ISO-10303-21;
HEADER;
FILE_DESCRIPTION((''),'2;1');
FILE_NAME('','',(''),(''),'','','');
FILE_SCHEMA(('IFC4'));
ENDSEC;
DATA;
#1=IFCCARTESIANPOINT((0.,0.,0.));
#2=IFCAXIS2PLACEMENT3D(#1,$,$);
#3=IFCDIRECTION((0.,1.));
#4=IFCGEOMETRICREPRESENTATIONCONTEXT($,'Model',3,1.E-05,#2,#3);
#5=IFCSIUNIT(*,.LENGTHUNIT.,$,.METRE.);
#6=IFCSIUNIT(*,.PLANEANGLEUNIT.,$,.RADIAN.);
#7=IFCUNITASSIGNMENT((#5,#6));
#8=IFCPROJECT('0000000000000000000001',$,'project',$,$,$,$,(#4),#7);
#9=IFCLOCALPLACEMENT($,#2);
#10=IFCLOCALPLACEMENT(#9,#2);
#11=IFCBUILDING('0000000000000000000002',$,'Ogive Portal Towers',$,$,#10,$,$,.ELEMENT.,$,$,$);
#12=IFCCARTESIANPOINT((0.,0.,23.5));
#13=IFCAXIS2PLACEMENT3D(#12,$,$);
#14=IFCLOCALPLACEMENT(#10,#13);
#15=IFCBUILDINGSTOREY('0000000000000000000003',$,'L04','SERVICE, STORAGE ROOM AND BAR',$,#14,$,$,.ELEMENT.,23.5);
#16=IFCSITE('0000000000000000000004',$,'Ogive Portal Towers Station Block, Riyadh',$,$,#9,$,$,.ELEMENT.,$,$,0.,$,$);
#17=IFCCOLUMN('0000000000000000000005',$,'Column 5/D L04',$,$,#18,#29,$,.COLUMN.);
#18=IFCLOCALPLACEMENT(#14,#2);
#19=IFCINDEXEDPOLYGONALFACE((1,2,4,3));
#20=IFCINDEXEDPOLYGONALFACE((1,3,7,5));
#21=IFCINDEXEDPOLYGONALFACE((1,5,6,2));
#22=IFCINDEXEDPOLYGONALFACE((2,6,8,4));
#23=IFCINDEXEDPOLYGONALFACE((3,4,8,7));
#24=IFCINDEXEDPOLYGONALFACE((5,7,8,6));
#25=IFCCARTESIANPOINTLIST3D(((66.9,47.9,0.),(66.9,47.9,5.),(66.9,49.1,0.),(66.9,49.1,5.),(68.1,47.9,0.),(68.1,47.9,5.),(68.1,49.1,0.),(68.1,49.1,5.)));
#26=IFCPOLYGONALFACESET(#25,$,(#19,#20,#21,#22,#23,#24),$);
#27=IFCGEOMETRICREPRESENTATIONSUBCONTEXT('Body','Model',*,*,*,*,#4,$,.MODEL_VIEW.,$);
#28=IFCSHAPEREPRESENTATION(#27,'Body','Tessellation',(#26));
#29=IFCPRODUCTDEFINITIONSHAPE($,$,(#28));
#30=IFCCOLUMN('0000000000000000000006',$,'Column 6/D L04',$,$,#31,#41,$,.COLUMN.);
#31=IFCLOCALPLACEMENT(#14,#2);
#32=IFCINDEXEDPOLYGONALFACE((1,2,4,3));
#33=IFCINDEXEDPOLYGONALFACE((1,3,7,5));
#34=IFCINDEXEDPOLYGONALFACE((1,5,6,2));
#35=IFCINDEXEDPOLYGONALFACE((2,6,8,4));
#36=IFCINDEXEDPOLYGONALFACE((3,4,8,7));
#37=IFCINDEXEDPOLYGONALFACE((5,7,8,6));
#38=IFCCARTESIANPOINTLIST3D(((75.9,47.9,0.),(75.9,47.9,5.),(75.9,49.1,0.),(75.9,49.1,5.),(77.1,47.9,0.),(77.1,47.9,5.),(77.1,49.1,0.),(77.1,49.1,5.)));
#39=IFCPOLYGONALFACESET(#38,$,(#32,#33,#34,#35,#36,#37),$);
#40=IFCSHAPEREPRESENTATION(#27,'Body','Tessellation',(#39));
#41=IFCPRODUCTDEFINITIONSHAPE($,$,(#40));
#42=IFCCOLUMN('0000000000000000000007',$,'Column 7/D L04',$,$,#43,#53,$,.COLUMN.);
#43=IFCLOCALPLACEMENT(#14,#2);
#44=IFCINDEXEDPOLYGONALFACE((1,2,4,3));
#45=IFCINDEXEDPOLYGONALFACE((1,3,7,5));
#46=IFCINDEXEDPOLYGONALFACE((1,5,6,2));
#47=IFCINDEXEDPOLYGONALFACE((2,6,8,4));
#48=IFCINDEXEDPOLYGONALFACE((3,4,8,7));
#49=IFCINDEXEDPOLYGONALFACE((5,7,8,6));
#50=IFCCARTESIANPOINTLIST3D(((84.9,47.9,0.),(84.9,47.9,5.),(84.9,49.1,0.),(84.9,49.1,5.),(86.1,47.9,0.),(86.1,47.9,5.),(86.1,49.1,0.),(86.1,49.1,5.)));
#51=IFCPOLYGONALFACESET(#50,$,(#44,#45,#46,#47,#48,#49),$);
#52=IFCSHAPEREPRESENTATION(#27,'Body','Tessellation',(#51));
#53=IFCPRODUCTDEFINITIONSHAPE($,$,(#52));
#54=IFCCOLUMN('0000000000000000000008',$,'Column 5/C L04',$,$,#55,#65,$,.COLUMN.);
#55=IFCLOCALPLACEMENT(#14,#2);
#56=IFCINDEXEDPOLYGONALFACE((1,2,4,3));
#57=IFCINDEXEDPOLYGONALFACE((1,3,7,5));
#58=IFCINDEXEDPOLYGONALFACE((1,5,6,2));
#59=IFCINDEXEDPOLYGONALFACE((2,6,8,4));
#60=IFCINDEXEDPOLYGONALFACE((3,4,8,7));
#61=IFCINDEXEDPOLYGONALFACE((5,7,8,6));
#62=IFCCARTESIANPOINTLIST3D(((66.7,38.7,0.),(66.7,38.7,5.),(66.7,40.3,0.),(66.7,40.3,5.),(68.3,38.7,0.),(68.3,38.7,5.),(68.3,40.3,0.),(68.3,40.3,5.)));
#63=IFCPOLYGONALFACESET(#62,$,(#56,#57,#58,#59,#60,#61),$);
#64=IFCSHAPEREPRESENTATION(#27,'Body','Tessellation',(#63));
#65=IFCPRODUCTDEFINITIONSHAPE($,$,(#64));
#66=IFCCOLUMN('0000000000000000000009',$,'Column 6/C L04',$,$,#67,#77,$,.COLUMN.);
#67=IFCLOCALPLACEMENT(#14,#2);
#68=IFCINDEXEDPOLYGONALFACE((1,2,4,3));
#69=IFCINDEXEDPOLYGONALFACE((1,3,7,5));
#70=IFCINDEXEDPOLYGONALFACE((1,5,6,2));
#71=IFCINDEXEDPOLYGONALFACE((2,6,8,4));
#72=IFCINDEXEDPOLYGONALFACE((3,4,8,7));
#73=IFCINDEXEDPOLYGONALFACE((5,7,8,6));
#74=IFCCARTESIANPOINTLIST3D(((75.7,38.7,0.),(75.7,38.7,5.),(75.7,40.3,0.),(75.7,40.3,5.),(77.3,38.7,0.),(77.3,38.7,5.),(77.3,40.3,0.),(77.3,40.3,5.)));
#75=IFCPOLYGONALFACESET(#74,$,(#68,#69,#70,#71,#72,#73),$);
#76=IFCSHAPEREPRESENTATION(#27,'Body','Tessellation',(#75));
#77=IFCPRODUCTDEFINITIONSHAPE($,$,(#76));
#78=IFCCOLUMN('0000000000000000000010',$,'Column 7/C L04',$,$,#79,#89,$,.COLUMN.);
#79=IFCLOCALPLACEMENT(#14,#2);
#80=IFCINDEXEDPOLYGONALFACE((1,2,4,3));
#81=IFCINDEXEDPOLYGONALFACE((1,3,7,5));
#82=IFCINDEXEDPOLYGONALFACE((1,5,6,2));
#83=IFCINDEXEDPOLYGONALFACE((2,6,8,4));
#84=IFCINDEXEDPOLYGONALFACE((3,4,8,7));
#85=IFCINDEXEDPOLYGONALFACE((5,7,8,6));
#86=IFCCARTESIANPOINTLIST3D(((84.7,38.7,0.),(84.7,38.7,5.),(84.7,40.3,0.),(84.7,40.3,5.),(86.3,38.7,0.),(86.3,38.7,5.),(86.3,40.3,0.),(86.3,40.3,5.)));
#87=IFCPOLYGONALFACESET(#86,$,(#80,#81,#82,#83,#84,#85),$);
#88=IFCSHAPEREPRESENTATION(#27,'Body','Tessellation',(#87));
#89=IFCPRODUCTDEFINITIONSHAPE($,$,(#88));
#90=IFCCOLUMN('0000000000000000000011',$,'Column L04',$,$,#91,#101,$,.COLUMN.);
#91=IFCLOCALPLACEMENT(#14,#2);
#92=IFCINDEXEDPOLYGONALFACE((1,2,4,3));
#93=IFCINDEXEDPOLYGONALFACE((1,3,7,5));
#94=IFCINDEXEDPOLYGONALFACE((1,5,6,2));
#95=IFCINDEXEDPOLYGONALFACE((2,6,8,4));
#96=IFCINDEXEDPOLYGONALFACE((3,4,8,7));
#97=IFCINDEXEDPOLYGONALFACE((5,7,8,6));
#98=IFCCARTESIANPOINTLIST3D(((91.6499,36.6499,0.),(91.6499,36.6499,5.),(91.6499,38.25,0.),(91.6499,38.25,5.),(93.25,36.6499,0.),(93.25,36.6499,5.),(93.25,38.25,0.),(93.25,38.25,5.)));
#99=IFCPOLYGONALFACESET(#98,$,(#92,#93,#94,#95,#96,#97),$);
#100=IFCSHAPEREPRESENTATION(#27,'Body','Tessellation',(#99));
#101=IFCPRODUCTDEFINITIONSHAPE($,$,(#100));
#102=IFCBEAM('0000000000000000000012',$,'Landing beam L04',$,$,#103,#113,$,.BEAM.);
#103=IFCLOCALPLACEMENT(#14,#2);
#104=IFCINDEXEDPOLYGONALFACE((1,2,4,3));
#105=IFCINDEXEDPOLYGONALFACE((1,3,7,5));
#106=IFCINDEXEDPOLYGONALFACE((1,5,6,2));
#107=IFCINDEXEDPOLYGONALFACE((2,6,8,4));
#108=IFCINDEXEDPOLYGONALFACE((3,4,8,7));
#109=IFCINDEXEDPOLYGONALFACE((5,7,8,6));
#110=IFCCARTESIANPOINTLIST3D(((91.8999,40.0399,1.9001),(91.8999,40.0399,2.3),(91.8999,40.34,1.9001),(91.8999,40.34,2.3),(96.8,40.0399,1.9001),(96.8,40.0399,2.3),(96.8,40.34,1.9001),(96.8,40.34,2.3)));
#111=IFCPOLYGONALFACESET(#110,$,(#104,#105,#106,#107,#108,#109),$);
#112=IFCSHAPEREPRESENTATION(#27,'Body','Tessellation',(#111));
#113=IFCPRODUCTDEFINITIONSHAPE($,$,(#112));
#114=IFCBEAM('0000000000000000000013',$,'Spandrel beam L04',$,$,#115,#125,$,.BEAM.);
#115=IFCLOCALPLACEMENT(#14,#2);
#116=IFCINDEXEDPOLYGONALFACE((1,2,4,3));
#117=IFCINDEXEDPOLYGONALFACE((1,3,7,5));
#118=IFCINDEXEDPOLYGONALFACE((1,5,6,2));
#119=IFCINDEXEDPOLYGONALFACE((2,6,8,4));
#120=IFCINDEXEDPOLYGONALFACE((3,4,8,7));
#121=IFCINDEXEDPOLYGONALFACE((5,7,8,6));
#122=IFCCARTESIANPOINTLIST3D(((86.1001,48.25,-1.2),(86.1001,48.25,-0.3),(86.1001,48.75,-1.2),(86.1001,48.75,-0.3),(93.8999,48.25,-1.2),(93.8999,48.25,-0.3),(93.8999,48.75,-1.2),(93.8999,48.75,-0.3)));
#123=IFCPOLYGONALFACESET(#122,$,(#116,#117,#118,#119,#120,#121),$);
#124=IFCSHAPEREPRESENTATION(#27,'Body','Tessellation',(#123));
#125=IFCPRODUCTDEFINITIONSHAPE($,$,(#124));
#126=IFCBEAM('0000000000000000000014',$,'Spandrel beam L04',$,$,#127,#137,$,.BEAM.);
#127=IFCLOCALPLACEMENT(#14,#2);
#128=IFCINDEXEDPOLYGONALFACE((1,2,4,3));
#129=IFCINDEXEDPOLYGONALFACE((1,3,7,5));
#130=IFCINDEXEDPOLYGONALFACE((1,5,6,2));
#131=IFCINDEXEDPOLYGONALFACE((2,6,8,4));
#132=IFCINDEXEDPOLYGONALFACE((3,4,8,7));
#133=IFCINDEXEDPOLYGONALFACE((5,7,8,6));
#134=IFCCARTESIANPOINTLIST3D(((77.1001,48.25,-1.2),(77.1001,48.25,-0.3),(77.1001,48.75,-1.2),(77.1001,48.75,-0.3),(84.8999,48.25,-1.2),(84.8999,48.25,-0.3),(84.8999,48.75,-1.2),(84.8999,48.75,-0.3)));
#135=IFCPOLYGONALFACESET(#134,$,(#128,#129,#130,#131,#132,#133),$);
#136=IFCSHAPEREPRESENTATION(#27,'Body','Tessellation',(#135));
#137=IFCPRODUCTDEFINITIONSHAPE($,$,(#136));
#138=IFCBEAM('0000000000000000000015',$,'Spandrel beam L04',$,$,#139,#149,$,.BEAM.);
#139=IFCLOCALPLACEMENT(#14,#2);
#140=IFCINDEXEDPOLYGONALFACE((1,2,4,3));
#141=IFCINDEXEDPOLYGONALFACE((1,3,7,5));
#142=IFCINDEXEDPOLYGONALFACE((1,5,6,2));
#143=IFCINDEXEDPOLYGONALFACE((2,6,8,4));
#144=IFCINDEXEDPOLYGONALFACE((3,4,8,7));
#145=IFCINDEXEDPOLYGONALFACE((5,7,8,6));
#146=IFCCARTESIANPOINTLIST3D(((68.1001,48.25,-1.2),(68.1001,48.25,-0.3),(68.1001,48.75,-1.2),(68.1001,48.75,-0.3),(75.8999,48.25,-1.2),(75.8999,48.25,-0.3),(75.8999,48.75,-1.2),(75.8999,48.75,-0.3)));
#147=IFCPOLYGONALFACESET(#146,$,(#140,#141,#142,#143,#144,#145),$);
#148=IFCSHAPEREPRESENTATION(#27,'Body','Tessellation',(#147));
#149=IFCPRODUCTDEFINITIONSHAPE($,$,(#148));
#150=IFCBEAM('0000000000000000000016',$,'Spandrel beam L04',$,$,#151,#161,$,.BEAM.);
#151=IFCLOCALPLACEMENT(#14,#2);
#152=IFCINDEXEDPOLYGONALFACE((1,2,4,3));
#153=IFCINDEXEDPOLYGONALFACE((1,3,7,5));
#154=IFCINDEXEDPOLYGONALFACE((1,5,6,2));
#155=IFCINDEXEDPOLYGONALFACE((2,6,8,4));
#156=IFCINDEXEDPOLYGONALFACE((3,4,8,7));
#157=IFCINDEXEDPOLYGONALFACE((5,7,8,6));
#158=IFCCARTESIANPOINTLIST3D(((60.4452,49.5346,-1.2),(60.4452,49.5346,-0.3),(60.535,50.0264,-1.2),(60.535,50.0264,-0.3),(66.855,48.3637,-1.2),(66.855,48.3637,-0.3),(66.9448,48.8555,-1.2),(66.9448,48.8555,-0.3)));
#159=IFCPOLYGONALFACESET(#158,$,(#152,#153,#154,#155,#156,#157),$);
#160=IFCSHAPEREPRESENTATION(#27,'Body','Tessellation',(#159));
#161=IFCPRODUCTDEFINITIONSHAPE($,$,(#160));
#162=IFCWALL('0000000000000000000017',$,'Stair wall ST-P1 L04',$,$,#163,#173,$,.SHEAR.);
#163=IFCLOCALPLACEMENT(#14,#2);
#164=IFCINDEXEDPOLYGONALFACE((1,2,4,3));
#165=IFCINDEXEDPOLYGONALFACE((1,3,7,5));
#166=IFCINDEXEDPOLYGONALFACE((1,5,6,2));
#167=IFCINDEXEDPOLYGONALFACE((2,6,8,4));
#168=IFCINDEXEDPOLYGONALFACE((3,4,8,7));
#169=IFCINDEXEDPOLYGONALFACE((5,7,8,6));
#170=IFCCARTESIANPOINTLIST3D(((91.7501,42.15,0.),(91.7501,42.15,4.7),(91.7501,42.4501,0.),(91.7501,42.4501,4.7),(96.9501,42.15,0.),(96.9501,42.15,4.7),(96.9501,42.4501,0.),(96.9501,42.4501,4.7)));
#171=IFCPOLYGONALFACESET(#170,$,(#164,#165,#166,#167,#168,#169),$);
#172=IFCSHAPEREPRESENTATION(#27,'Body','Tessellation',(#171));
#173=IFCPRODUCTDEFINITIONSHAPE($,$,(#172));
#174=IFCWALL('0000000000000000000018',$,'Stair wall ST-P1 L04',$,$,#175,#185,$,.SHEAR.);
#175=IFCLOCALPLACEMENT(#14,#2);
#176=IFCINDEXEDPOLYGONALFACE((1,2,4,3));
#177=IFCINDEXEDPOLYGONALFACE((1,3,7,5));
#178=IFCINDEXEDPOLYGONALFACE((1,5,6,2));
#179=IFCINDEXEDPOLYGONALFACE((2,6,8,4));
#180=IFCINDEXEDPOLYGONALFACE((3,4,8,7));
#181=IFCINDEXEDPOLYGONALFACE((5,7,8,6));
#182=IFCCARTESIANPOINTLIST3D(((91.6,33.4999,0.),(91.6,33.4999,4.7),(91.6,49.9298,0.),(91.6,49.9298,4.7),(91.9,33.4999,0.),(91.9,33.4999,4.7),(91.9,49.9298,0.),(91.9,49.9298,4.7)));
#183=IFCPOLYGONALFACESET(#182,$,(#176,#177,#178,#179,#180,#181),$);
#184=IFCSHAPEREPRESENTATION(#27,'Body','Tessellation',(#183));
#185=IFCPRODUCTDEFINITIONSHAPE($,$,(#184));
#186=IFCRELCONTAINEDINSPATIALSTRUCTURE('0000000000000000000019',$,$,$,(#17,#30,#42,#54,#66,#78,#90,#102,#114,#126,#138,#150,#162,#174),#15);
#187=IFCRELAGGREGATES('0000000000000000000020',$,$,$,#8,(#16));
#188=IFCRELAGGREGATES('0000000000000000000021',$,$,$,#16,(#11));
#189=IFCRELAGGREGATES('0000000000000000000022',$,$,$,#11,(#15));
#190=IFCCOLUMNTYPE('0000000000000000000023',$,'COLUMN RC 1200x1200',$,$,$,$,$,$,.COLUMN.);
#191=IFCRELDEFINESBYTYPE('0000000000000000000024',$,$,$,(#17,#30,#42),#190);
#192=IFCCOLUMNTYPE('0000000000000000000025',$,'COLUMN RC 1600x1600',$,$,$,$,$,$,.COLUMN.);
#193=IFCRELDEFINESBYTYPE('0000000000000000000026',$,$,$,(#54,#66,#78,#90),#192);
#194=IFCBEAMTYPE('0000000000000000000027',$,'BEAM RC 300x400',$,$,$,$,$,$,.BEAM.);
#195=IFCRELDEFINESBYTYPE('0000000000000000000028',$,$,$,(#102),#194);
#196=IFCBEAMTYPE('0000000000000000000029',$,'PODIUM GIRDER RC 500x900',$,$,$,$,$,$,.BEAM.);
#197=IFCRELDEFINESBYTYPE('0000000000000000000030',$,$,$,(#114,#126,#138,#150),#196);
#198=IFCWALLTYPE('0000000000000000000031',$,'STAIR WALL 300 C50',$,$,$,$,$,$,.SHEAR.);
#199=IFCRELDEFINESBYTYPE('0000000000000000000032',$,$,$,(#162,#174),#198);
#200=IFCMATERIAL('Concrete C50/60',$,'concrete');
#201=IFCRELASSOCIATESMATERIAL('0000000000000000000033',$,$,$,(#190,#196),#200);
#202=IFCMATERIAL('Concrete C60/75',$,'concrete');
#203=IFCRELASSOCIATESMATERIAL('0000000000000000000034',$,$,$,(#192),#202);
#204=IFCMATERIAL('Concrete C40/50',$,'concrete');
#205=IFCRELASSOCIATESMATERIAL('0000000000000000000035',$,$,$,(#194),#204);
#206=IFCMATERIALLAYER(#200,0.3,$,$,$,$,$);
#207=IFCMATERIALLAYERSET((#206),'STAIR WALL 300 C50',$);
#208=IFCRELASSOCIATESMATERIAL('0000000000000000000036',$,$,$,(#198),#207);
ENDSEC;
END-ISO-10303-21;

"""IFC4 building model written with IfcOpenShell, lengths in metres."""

from ifc_helpers import new_model, si_unit, direction, frame, frame_2d, origin, origin_2d, place, context, subcontext, project, spatial, rectangle, extrude, material, layer, layer_set, material_profile, profile_set, type_object, element, save


model = new_model("IFC4")

# Units and contexts
model_context = context("Model", 3, precision=1e-05, world=origin(), true_north=direction((0.0, 1.0)))
body_context = subcontext(model_context, "Body", "Model", "MODEL_VIEW")
ifc_project = project(units=[si_unit("LENGTHUNIT", "METRE"), si_unit("PLANEANGLEUNIT", "RADIAN")], contexts=[model_context])

# Site, building, storey
site_placement = place(None, origin())
site = spatial("IfcSite", under=ifc_project, at=site_placement, Name="Ogive Portal Towers Station Block, Riyadh", CompositionType="ELEMENT", RefElevation=0.0)
building_placement = place(site_placement, origin())
building = spatial("IfcBuilding", under=site, at=building_placement, Name="Ogive Portal Towers", CompositionType="ELEMENT")
storey_placement = place(building_placement, frame((0.0, 0.0, 23.5)))
storey = spatial("IfcBuildingStorey", under=building, at=storey_placement, Name="L04", Description="SERVICE, STORAGE ROOM AND BAR", CompositionType="ELEMENT", Elevation=23.5)

# Columns
ifc_material_1 = material(Name="Concrete C50/60", Category="concrete")
ifc_material_profile_1 = material_profile(ifc_material_1, rectangle(XDim=1.2, YDim=1.2, at=origin_2d()), Name="RC 1200x1200")
ifc_profile_set_1 = profile_set([ifc_material_profile_1], Name="Concrete C50/60")
column_type_1 = type_object("IfcColumnType", Name="COLUMN RC 1200x1200", PredefinedType="COLUMN", material=ifc_profile_set_1)
for number, where, z_axis, x_axis, name in (
    (1, (67.5, 48.5, 0.0), (0.0, 0.0, 1.0), (1.0, 0.0, 0.0), "Column 5/D L04"),
    (2, (76.5, 48.5, 0.0), (0.0, 0.0, 1.0), (1.0, 0.0, 0.0), "Column 6/D L04"),
    (3, (85.5, 48.5, 0.0), (0.0, 0.0, 1.0), (1.0, 0.0, 0.0), "Column 7/D L04"),
):
    element("IfcColumn", number, at=place(storey_placement, frame(where, z_axis=z_axis, x_axis=x_axis)), inside=storey, type_object=column_type_1, Name=name, PredefinedType="COLUMN", context=body_context, shape_type="SweptSolid", body=[
        extrude(rectangle(XDim=1.2, YDim=1.2, at=origin_2d()), origin(), (0.0, 0.0, 1.0), 5.0),
    ])
ifc_material_2 = material(Name="Concrete C60/75", Category="concrete")
ifc_material_profile_2 = material_profile(ifc_material_2, rectangle(XDim=1.6001, YDim=1.6001, at=origin_2d()), Name="RC 1600x1600")
ifc_profile_set_2 = profile_set([ifc_material_profile_2], Name="Concrete C60/75")
column_type_2 = type_object("IfcColumnType", Name="COLUMN RC 1600x1600", PredefinedType="COLUMN", material=ifc_profile_set_2)
for number, where, z_axis, x_axis, name in (
    (4, (67.5, 39.5, 0.0), (0.0, 0.0, 1.0), (1.0, 0.0, 0.0), "Column 5/C L04"),
    (5, (76.5, 39.5, 0.0), (0.0, 0.0, 1.0), (1.0, 0.0, 0.0), "Column 6/C L04"),
    (6, (85.5, 39.5, 0.0), (0.0, 0.0, 1.0), (1.0, 0.0, 0.0), "Column 7/C L04"),
    (7, (92.45, 37.45, 0.0), (0.0, 0.0, 1.0), (1.0, 0.0, 0.0), "Column L04"),
):
    element("IfcColumn", number, at=place(storey_placement, frame(where, z_axis=z_axis, x_axis=x_axis)), inside=storey, type_object=column_type_2, Name=name, PredefinedType="COLUMN", context=body_context, shape_type="SweptSolid", body=[
        extrude(rectangle(XDim=1.6001, YDim=1.6001, at=origin_2d()), origin(), (0.0, 0.0, 1.0), 5.0),
    ])

# Beams
ifc_material_3 = material(Name="Concrete C40/50", Category="concrete")
ifc_material_profile_3 = material_profile(ifc_material_3, rectangle(XDim=0.3, YDim=0.3999, at=origin_2d()), Name="RC 300x400")
ifc_profile_set_3 = profile_set([ifc_material_profile_3], Name="Concrete C40/50")
beam_type_1 = type_object("IfcBeamType", Name="BEAM RC 300x400", PredefinedType="BEAM", material=ifc_profile_set_3)
beam_1_placement = place(storey_placement, frame((91.8999, 40.1899, 2.1001), z_axis=(1.0, 0.0, 0.0), x_axis=(0.0, 1.0, 0.0)))
element("IfcBeam", 8, at=beam_1_placement, inside=storey, type_object=beam_type_1, Name="Landing beam L04", PredefinedType="BEAM", context=body_context, shape_type="SweptSolid", body=[
    extrude(rectangle(XDim=0.3, YDim=0.3999, at=origin_2d()), origin(), (0.0, 0.0, 1.0), 4.9001),
])
ifc_material_profile_4 = material_profile(ifc_material_1, rectangle(XDim=0.5, YDim=0.8999, at=origin_2d()), Name="RC 500x900")
ifc_profile_set_4 = profile_set([ifc_material_profile_4], Name="Concrete C50/60")
beam_type_2 = type_object("IfcBeamType", Name="PODIUM GIRDER RC 500x900", PredefinedType="BEAM", material=ifc_profile_set_4)
for number, where, z_axis, x_axis, name in (
    (9, (93.8999, 48.5, -0.75), (-1.0, 0.0, 0.0), (0.0, -1.0, 0.0), "Spandrel beam L04"),
    (10, (84.8999, 48.5, -0.75), (-1.0, 0.0, 0.0), (0.0, -1.0, 0.0), "Spandrel beam L04"),
    (11, (75.8999, 48.5, -0.75), (-1.0, 0.0, 0.0), (0.0, -1.0, 0.0), "Spandrel beam L04"),
):
    element("IfcBeam", number, at=place(storey_placement, frame(where, z_axis=z_axis, x_axis=x_axis)), inside=storey, type_object=beam_type_2, Name=name, PredefinedType="BEAM", context=body_context, shape_type="SweptSolid", body=[
        extrude(rectangle(XDim=0.5, YDim=0.8999, at=origin_2d()), origin(), (0.0, 0.0, 1.0), 7.7998),
    ])
beam_2_placement = place(storey_placement, frame((66.8999, 48.6096, -0.75), z_axis=(-0.983722, 0.179696, 0.0), x_axis=(-0.179696, -0.983722, 0.0)))
element("IfcBeam", 12, at=beam_2_placement, inside=storey, type_object=beam_type_2, Name="Spandrel beam L04", PredefinedType="BEAM", context=body_context, shape_type="SweptSolid", body=[
    extrude(rectangle(XDim=0.5, YDim=0.8999, at=origin_2d()), origin(), (0.0, 0.0, 1.0), 6.5159),
])

# Walls
ifc_layer_1 = layer(ifc_material_1, 0.3)
ifc_layer_set_1 = layer_set([ifc_layer_1], Name="STAIR WALL 300 C50")
wall_type = type_object("IfcWallType", Name="STAIR WALL 300 C50", PredefinedType="SHEAR", material=ifc_layer_set_1)
wall_1_placement = place(storey_placement, frame((91.75, 42.3, 0.0), z_axis=(0.0, 0.0, 1.0), x_axis=(1.0, 0.0, 0.0)))
element("IfcWall", 13, at=wall_1_placement, inside=storey, type_object=wall_type, Name="Stair wall ST-P1 L04", PredefinedType="SHEAR", context=body_context, shape_type="SweptSolid", body=[
    extrude(rectangle(XDim=5.2, YDim=0.3, at=frame_2d((2.6001, 0.0))), origin(), (0.0, 0.0, 1.0), 4.7),
])
wall_2_placement = place(storey_placement, frame((91.75, 33.5, 0.0), z_axis=(0.0, 0.0, 1.0), x_axis=(0.0, 1.0, 0.0)))
element("IfcWall", 14, at=wall_2_placement, inside=storey, type_object=wall_type, Name="Stair wall ST-P1 L04", PredefinedType="SHEAR", context=body_context, shape_type="SweptSolid", body=[
    extrude(rectangle(XDim=16.4299, YDim=0.3, at=frame_2d((8.2148, 0.0))), origin(), (0.0, 0.0, 1.0), 4.7),
])

save(model, "model.ifc")
